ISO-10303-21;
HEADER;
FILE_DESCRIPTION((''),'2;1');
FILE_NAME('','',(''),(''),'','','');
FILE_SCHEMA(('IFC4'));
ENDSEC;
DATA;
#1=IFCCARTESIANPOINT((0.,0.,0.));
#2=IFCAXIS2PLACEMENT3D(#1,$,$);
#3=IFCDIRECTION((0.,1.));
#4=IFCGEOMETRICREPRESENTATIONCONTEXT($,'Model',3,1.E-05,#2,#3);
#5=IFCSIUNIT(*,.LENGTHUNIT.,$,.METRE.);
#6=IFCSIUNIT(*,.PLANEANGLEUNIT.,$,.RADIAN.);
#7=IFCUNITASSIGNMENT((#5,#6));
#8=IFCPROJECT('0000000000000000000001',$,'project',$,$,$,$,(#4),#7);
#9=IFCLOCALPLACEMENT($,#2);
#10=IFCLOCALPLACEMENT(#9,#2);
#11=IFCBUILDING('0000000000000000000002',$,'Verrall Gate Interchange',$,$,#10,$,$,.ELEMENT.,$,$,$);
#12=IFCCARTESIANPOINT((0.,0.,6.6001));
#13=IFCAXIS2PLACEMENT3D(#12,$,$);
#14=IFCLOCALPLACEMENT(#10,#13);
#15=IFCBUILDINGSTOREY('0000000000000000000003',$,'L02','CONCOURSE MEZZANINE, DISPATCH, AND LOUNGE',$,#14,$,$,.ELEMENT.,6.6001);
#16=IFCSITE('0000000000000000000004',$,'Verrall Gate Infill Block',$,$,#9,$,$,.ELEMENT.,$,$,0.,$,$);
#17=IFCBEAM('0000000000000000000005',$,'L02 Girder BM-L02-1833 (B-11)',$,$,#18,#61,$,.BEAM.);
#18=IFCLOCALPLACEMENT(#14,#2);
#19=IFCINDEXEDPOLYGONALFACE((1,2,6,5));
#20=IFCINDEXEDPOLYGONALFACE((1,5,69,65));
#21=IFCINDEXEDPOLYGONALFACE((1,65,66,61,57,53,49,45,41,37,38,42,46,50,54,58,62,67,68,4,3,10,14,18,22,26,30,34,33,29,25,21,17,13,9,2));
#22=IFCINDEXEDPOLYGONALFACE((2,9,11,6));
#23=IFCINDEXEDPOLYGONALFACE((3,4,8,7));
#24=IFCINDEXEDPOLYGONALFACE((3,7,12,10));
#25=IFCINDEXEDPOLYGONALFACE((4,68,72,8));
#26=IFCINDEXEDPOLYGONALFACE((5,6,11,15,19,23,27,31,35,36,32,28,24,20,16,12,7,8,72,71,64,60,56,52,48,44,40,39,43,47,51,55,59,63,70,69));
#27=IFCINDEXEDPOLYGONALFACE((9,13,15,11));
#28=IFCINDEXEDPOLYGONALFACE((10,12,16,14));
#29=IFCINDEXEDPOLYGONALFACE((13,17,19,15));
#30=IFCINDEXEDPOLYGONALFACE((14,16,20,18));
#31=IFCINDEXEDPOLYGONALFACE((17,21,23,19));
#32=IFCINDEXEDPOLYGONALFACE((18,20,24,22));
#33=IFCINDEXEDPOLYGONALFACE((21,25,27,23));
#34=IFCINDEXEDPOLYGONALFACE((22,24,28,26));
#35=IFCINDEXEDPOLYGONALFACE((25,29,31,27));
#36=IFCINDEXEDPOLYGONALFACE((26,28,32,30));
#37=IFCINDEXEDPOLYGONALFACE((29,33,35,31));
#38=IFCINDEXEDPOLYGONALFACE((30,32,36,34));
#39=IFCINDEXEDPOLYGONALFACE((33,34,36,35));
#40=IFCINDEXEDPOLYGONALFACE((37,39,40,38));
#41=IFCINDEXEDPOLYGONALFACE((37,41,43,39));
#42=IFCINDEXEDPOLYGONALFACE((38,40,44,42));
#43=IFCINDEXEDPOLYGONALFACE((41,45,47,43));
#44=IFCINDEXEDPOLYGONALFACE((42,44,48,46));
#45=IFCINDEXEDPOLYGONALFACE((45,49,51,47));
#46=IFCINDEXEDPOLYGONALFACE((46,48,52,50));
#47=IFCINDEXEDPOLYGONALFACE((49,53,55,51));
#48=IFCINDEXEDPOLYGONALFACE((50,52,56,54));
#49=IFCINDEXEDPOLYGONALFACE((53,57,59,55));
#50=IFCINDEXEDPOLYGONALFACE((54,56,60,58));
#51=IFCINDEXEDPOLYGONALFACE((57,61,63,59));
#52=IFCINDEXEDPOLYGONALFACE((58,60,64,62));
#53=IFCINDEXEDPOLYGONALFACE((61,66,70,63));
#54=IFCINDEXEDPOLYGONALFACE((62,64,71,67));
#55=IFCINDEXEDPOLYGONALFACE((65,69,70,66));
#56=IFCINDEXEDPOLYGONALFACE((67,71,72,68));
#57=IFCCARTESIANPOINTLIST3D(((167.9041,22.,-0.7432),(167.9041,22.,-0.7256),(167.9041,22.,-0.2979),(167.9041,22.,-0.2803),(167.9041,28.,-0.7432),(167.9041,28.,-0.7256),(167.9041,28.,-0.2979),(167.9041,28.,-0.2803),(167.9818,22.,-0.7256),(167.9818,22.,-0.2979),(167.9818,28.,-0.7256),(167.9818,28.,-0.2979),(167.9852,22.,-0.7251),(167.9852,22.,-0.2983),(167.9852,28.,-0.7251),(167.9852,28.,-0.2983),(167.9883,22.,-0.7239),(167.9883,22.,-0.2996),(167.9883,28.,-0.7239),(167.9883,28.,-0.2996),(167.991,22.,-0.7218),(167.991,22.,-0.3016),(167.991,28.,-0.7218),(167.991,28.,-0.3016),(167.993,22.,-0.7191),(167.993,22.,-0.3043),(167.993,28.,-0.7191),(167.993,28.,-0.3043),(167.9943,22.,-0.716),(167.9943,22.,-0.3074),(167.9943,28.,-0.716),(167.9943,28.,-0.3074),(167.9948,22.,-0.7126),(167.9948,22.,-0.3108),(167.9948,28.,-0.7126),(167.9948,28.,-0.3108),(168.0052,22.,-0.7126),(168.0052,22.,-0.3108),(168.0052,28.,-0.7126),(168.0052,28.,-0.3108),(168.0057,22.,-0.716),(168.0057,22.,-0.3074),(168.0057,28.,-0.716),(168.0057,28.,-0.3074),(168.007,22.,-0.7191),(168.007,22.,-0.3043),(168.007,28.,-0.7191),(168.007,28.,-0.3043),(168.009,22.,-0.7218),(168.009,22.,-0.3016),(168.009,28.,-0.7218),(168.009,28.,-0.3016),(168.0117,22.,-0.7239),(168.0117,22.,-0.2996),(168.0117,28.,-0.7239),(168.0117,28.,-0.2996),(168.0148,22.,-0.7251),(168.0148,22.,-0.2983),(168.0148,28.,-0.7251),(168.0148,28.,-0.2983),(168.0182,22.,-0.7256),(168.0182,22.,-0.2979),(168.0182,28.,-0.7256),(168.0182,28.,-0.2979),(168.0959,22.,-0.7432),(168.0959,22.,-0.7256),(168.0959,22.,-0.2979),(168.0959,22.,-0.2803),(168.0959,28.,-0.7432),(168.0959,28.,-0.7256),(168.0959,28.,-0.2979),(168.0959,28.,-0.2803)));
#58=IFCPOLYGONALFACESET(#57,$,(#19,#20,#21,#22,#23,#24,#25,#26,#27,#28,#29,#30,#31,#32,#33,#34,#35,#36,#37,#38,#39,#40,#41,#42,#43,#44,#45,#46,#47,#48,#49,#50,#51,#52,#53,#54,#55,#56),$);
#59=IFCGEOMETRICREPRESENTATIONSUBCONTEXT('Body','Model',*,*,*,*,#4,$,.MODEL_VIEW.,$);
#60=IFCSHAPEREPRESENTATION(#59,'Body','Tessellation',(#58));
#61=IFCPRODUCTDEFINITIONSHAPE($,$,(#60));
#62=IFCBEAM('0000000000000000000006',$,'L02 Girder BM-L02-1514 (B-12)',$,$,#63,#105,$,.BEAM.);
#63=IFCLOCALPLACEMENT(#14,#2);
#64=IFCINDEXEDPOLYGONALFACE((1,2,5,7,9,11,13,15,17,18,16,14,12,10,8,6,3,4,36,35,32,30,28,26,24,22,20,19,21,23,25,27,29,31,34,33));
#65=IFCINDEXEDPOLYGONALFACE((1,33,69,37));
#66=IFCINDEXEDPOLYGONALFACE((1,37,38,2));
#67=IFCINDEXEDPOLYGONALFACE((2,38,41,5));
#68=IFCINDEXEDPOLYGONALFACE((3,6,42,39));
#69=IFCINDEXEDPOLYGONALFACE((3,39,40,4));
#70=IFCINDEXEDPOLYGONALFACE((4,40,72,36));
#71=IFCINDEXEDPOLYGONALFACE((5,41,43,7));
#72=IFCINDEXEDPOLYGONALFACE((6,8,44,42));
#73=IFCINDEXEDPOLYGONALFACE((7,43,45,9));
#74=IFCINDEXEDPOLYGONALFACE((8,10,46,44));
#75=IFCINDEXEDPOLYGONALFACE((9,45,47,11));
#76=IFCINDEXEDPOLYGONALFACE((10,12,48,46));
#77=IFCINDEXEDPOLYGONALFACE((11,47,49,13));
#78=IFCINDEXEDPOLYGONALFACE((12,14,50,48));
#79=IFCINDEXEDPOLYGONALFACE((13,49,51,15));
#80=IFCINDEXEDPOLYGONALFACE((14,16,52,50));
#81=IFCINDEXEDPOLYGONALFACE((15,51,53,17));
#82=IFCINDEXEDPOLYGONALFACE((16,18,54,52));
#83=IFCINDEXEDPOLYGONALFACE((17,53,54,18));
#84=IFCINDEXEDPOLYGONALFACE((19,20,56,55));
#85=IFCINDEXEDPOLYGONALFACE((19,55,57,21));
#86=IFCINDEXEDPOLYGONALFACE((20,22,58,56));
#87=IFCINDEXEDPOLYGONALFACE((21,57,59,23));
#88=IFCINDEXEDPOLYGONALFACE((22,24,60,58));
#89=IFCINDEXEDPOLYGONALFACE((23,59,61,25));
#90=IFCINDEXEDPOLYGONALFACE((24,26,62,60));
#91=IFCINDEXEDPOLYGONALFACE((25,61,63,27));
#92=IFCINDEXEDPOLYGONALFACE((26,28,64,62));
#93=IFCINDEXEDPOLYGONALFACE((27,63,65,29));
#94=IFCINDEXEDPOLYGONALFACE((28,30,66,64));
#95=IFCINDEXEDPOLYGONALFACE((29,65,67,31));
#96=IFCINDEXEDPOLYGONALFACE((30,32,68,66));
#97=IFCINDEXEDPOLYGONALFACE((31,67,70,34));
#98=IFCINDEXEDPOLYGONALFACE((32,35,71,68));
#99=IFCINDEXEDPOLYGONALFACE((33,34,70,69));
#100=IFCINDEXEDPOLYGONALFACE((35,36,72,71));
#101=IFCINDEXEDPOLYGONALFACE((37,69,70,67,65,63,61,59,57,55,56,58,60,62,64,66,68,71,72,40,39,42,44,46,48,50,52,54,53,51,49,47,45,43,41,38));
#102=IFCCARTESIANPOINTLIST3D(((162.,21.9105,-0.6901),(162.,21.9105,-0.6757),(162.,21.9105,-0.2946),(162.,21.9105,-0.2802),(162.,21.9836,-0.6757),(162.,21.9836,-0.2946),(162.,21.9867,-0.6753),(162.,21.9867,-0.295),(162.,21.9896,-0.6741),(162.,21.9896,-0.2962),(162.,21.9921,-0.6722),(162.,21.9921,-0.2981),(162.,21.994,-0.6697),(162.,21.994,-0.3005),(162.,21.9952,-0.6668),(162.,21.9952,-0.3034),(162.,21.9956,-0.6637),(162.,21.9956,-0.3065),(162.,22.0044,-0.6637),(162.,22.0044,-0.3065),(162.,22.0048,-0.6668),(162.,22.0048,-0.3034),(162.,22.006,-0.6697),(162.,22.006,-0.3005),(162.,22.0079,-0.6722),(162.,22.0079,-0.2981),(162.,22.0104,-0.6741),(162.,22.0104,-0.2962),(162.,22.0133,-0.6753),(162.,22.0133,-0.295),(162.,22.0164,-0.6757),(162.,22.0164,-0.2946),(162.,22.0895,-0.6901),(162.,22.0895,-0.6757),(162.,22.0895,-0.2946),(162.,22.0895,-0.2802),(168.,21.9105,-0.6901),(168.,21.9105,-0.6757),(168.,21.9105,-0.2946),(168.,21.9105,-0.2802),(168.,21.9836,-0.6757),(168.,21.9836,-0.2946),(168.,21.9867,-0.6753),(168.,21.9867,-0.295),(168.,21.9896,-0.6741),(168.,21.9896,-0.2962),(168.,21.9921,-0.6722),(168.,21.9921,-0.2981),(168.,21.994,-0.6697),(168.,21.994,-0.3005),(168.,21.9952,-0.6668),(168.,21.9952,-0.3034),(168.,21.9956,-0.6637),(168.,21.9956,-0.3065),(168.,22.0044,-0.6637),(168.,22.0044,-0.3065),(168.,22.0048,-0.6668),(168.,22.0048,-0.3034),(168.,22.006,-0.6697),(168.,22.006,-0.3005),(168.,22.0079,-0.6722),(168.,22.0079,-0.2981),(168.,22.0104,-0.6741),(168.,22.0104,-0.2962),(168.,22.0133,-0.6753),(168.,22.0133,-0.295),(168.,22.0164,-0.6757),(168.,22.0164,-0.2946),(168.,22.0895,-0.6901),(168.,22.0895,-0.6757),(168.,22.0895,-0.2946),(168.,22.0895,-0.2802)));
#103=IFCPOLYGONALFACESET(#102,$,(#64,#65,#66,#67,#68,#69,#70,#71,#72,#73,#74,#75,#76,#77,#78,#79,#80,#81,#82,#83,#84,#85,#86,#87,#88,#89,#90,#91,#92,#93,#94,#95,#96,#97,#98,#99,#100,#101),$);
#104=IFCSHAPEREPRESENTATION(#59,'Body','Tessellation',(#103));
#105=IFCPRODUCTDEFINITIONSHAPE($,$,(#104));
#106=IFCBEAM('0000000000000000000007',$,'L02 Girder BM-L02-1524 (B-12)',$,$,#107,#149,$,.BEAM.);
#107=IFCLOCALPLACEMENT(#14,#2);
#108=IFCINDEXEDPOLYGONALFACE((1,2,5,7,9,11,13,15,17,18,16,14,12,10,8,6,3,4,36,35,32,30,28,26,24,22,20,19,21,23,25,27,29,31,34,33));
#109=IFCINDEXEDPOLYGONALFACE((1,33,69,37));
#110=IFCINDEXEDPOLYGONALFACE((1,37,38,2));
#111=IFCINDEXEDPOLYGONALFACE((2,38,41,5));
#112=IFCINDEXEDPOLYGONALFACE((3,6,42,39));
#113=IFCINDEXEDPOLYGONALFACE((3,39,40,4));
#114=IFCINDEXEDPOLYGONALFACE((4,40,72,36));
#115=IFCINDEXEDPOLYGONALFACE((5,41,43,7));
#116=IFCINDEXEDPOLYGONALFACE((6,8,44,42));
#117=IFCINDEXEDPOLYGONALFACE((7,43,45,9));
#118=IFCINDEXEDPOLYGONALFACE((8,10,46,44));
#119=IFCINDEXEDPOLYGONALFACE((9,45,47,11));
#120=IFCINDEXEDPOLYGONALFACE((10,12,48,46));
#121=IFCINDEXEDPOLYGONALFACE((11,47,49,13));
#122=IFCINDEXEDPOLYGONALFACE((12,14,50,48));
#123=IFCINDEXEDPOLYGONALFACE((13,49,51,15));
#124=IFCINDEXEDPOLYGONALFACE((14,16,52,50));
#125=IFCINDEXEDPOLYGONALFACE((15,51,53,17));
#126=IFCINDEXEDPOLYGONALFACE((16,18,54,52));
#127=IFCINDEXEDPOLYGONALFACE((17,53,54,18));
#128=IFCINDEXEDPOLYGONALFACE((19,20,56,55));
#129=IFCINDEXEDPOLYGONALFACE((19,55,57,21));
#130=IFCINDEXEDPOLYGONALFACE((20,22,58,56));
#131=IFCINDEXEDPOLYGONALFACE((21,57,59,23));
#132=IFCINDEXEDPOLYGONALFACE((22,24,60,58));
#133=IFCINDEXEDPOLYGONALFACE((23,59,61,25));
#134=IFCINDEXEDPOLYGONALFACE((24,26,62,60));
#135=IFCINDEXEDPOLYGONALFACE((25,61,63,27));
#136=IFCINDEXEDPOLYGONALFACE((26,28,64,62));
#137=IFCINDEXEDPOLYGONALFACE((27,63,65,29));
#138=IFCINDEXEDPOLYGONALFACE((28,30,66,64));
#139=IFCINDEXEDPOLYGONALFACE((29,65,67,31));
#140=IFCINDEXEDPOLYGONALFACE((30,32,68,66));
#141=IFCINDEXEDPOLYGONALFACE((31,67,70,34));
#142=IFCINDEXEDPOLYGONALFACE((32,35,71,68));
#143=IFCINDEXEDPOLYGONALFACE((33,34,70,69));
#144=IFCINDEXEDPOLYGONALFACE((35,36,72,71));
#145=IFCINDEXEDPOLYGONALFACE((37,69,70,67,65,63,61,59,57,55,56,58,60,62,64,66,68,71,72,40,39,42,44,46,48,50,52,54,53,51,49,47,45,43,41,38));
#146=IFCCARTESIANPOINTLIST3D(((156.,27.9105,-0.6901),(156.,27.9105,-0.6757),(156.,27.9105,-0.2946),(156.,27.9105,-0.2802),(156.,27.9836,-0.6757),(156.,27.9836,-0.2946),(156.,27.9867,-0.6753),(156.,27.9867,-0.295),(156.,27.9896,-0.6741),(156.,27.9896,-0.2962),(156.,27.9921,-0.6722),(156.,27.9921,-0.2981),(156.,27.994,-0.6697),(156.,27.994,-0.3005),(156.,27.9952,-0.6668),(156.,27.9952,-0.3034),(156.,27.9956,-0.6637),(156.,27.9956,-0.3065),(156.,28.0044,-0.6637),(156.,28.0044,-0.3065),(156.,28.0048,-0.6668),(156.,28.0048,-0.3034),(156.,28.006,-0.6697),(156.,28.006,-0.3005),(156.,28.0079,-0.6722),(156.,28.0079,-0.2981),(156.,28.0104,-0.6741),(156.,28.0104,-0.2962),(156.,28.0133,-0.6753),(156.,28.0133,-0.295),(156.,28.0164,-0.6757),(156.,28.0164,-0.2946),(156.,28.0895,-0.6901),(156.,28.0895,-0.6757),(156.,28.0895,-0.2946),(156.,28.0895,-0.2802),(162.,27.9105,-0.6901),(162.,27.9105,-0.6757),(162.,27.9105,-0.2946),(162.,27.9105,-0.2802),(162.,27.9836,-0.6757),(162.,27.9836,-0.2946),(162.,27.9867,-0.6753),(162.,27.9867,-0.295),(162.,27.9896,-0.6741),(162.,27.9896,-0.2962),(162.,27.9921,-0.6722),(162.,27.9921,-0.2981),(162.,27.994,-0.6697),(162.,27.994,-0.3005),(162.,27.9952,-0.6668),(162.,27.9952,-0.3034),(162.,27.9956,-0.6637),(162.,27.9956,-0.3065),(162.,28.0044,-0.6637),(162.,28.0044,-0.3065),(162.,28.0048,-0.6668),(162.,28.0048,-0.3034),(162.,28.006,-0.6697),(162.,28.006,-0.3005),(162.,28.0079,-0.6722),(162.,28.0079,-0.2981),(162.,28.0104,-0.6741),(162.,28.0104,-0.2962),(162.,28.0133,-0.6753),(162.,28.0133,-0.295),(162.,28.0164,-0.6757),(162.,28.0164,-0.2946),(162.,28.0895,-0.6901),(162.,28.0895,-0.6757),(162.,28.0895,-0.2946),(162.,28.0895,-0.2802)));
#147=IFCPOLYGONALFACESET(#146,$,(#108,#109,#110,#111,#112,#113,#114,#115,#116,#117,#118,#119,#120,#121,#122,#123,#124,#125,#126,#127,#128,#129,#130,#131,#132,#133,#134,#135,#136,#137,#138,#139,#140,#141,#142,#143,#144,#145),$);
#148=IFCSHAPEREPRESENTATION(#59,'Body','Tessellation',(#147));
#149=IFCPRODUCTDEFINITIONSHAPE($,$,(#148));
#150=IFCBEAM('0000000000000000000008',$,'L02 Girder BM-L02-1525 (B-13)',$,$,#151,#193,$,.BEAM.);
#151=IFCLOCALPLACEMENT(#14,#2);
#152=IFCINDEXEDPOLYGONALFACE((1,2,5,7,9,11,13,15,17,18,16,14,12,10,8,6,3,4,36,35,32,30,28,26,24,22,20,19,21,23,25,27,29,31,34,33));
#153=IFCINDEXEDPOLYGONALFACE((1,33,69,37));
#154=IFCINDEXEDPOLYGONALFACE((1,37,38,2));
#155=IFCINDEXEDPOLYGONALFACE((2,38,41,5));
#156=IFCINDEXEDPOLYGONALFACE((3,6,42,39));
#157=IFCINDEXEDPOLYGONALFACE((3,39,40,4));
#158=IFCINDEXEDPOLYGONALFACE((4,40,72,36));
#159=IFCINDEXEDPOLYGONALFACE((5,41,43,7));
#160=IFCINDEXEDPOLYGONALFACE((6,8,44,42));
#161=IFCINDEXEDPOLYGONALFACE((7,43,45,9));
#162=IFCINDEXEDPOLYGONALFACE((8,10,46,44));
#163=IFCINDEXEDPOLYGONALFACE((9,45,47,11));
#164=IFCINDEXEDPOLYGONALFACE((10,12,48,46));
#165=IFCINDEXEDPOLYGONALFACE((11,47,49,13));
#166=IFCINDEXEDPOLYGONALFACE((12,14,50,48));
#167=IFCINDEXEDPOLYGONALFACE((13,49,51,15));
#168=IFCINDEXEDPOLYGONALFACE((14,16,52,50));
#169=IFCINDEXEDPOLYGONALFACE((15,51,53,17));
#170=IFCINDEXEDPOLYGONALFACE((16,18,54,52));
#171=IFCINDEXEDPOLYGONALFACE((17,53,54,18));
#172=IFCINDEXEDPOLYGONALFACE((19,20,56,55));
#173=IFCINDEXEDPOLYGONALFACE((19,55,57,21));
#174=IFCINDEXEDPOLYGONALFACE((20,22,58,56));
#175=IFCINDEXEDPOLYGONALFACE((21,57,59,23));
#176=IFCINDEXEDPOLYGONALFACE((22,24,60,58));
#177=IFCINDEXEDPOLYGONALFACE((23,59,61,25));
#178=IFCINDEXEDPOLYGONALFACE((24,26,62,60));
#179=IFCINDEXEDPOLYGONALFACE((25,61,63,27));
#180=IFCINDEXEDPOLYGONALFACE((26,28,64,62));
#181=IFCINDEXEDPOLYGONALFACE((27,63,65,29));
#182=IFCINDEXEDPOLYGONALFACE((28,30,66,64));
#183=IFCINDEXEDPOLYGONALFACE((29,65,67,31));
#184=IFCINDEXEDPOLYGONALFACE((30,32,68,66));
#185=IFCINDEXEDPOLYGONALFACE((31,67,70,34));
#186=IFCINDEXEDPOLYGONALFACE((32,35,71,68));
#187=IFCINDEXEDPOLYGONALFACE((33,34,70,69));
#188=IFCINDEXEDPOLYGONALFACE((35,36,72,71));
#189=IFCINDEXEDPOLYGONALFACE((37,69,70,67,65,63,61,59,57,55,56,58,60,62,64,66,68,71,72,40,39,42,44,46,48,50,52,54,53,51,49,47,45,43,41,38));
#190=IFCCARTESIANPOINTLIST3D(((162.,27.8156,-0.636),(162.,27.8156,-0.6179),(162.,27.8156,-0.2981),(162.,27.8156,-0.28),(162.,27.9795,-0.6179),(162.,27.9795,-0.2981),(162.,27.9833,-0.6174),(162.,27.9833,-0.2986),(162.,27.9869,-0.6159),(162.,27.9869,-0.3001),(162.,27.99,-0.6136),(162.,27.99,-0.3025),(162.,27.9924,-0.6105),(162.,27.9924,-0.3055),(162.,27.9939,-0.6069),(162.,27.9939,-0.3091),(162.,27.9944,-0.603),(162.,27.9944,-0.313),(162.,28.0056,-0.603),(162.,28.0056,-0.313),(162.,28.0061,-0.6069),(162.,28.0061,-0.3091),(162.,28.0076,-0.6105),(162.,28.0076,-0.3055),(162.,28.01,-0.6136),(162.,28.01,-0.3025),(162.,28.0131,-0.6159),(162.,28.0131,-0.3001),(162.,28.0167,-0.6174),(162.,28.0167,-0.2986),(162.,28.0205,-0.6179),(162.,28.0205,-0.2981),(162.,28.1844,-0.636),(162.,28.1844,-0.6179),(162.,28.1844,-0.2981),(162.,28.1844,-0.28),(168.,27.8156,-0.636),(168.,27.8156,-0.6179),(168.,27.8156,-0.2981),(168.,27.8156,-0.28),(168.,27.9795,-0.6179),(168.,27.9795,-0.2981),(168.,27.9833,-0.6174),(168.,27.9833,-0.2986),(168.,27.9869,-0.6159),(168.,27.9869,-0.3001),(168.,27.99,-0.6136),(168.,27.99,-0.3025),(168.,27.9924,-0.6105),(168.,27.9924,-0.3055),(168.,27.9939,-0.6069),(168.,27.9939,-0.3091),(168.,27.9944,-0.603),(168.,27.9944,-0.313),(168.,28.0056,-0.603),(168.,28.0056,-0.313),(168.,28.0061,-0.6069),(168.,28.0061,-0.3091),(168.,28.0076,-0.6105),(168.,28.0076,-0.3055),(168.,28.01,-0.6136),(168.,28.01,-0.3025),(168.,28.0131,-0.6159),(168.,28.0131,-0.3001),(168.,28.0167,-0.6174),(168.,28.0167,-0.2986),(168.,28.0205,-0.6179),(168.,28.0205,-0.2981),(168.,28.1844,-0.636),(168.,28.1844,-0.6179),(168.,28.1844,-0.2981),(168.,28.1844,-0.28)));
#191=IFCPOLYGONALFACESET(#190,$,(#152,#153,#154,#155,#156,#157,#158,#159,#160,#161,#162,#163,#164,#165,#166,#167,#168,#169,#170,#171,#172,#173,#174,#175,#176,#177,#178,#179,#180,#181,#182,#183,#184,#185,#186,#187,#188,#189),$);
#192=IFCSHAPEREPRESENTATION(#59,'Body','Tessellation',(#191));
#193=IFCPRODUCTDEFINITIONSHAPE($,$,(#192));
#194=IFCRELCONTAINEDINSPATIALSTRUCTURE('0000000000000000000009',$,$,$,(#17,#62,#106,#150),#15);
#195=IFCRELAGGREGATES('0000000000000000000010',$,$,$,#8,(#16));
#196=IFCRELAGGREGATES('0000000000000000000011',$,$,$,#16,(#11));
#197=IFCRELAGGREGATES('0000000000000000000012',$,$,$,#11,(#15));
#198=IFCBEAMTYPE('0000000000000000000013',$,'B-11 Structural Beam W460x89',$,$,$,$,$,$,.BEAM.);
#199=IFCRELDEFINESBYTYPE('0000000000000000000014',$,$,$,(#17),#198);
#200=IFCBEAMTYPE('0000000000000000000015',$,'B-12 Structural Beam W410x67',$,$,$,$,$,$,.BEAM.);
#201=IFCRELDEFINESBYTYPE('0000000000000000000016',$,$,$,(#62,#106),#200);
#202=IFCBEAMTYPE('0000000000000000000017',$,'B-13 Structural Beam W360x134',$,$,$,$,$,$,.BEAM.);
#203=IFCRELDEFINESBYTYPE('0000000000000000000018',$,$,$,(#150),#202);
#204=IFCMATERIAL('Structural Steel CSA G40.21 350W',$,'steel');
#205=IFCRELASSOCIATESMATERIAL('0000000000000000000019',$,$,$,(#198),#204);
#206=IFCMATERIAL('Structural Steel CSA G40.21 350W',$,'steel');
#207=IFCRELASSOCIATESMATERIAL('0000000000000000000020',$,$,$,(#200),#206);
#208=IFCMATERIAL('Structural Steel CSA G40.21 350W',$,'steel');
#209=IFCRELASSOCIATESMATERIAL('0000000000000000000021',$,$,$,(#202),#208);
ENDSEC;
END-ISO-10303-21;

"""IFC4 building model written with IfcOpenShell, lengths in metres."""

from ifc_helpers import new_model, si_unit, direction, frame, origin, origin_2d, place, context, subcontext, project, spatial, i_section, extrude, material, material_profile, profile_set, type_object, element, save


model = new_model("IFC4")

# Units and contexts
model_context = context("Model", 3, precision=1e-05, world=origin(), true_north=direction((0.0, 1.0)))
body_context = subcontext(model_context, "Body", "Model", "MODEL_VIEW")
ifc_project = project(units=[si_unit("LENGTHUNIT", "METRE"), si_unit("PLANEANGLEUNIT", "RADIAN")], contexts=[model_context])

# Site, building, storey
site_placement = place(None, origin())
site = spatial("IfcSite", under=ifc_project, at=site_placement, Name="Verrall Gate Infill Block", CompositionType="ELEMENT", RefElevation=0.0)
building_placement = place(site_placement, origin())
building = spatial("IfcBuilding", under=site, at=building_placement, Name="Verrall Gate Interchange", CompositionType="ELEMENT")
storey_placement = place(building_placement, frame((0.0, 0.0, 6.6001)))
storey = spatial("IfcBuildingStorey", under=building, at=storey_placement, Name="L02", Description="CONCOURSE MEZZANINE, DISPATCH, AND LOUNGE", CompositionType="ELEMENT", Elevation=6.6001)

# Beams
ifc_material_1 = material(Name="Structural Steel CSA G40.21 350W", Category="steel")
ifc_material_profile_1 = material_profile(ifc_material_1, i_section(OverallWidth=0.1919, OverallDepth=0.4629, WebThickness=0.0105, FlangeThickness=0.0176, FilletRadius=0.0129, at=origin_2d()), Name="W460x89")
ifc_profile_set_1 = profile_set([ifc_material_profile_1], Name="Structural Steel CSA G40.21 350W")
beam_type_1 = type_object("IfcBeamType", Name="B-11 Structural Beam W460x89", PredefinedType="BEAM", material=ifc_profile_set_1)
for number, where, z_axis, x_axis, name in (
    (1, (168.0, 22.0, -0.5117), (0.0, 1.0, 0.0), (-1.0, 0.0, 0.0), "L02 Girder BM-L02-1833 (B-11)"),
):
    element("IfcBeam", number, at=place(storey_placement, frame(where, z_axis=z_axis, x_axis=x_axis)), inside=storey, type_object=beam_type_1, Name=name, PredefinedType="BEAM", context=body_context, shape_type="SweptSolid", body=[
        extrude(i_section(OverallWidth=0.1919, OverallDepth=0.4629, WebThickness=0.0105, FlangeThickness=0.0176, FilletRadius=0.0129, at=origin_2d()), origin(), (0.0, 0.0, 1.0), 6.0),
    ])
ifc_material_2 = material(Name="Structural Steel CSA G40.21 350W", Category="steel")
ifc_material_profile_2 = material_profile(ifc_material_2, i_section(OverallWidth=0.179, OverallDepth=0.4099, WebThickness=0.0088, FlangeThickness=0.0144, FilletRadius=0.012, at=origin_2d()), Name="W410x67")
ifc_profile_set_2 = profile_set([ifc_material_profile_2], Name="Structural Steel CSA G40.21 350W")
beam_type_2 = type_object("IfcBeamType", Name="B-12 Structural Beam W410x67", PredefinedType="BEAM", material=ifc_profile_set_2)
for number, where, z_axis, x_axis, name in (
    (2, (162.0, 22.0, -0.4851), (1.0, 0.0, 0.0), (0.0, 1.0, 0.0), "L02 Girder BM-L02-1514 (B-12)"),
    (3, (156.0, 28.0, -0.4851), (1.0, 0.0, 0.0), (0.0, 1.0, 0.0), "L02 Girder BM-L02-1524 (B-12)"),
):
    element("IfcBeam", number, at=place(storey_placement, frame(where, z_axis=z_axis, x_axis=x_axis)), inside=storey, type_object=beam_type_2, Name=name, PredefinedType="BEAM", context=body_context, shape_type="SweptSolid", body=[
        extrude(i_section(OverallWidth=0.179, OverallDepth=0.4099, WebThickness=0.0088, FlangeThickness=0.0144, FilletRadius=0.012, at=origin_2d()), origin(), (0.0, 0.0, 1.0), 6.0),
    ])
ifc_material_3 = material(Name="Structural Steel CSA G40.21 350W", Category="steel")
ifc_material_profile_3 = material_profile(ifc_material_3, i_section(OverallWidth=0.3689, OverallDepth=0.356, WebThickness=0.0112, FlangeThickness=0.0181, FilletRadius=0.0149, at=origin_2d()), Name="W360x134")
ifc_profile_set_3 = profile_set([ifc_material_profile_3], Name="Structural Steel CSA G40.21 350W")
beam_type_3 = type_object("IfcBeamType", Name="B-13 Structural Beam W360x134", PredefinedType="BEAM", material=ifc_profile_set_3)
beam_1_placement = place(storey_placement, frame((162.0, 28.0, -0.458), z_axis=(1.0, 0.0, 0.0), x_axis=(0.0, 1.0, 0.0)))
element("IfcBeam", 4, at=beam_1_placement, inside=storey, type_object=beam_type_3, Name="L02 Girder BM-L02-1525 (B-13)", PredefinedType="BEAM", context=body_context, shape_type="SweptSolid", body=[
    extrude(i_section(OverallWidth=0.3689, OverallDepth=0.356, WebThickness=0.0112, FlangeThickness=0.0181, FilletRadius=0.0149, at=origin_2d()), origin(), (0.0, 0.0, 1.0), 6.0),
])

save(model, "model.ifc")
